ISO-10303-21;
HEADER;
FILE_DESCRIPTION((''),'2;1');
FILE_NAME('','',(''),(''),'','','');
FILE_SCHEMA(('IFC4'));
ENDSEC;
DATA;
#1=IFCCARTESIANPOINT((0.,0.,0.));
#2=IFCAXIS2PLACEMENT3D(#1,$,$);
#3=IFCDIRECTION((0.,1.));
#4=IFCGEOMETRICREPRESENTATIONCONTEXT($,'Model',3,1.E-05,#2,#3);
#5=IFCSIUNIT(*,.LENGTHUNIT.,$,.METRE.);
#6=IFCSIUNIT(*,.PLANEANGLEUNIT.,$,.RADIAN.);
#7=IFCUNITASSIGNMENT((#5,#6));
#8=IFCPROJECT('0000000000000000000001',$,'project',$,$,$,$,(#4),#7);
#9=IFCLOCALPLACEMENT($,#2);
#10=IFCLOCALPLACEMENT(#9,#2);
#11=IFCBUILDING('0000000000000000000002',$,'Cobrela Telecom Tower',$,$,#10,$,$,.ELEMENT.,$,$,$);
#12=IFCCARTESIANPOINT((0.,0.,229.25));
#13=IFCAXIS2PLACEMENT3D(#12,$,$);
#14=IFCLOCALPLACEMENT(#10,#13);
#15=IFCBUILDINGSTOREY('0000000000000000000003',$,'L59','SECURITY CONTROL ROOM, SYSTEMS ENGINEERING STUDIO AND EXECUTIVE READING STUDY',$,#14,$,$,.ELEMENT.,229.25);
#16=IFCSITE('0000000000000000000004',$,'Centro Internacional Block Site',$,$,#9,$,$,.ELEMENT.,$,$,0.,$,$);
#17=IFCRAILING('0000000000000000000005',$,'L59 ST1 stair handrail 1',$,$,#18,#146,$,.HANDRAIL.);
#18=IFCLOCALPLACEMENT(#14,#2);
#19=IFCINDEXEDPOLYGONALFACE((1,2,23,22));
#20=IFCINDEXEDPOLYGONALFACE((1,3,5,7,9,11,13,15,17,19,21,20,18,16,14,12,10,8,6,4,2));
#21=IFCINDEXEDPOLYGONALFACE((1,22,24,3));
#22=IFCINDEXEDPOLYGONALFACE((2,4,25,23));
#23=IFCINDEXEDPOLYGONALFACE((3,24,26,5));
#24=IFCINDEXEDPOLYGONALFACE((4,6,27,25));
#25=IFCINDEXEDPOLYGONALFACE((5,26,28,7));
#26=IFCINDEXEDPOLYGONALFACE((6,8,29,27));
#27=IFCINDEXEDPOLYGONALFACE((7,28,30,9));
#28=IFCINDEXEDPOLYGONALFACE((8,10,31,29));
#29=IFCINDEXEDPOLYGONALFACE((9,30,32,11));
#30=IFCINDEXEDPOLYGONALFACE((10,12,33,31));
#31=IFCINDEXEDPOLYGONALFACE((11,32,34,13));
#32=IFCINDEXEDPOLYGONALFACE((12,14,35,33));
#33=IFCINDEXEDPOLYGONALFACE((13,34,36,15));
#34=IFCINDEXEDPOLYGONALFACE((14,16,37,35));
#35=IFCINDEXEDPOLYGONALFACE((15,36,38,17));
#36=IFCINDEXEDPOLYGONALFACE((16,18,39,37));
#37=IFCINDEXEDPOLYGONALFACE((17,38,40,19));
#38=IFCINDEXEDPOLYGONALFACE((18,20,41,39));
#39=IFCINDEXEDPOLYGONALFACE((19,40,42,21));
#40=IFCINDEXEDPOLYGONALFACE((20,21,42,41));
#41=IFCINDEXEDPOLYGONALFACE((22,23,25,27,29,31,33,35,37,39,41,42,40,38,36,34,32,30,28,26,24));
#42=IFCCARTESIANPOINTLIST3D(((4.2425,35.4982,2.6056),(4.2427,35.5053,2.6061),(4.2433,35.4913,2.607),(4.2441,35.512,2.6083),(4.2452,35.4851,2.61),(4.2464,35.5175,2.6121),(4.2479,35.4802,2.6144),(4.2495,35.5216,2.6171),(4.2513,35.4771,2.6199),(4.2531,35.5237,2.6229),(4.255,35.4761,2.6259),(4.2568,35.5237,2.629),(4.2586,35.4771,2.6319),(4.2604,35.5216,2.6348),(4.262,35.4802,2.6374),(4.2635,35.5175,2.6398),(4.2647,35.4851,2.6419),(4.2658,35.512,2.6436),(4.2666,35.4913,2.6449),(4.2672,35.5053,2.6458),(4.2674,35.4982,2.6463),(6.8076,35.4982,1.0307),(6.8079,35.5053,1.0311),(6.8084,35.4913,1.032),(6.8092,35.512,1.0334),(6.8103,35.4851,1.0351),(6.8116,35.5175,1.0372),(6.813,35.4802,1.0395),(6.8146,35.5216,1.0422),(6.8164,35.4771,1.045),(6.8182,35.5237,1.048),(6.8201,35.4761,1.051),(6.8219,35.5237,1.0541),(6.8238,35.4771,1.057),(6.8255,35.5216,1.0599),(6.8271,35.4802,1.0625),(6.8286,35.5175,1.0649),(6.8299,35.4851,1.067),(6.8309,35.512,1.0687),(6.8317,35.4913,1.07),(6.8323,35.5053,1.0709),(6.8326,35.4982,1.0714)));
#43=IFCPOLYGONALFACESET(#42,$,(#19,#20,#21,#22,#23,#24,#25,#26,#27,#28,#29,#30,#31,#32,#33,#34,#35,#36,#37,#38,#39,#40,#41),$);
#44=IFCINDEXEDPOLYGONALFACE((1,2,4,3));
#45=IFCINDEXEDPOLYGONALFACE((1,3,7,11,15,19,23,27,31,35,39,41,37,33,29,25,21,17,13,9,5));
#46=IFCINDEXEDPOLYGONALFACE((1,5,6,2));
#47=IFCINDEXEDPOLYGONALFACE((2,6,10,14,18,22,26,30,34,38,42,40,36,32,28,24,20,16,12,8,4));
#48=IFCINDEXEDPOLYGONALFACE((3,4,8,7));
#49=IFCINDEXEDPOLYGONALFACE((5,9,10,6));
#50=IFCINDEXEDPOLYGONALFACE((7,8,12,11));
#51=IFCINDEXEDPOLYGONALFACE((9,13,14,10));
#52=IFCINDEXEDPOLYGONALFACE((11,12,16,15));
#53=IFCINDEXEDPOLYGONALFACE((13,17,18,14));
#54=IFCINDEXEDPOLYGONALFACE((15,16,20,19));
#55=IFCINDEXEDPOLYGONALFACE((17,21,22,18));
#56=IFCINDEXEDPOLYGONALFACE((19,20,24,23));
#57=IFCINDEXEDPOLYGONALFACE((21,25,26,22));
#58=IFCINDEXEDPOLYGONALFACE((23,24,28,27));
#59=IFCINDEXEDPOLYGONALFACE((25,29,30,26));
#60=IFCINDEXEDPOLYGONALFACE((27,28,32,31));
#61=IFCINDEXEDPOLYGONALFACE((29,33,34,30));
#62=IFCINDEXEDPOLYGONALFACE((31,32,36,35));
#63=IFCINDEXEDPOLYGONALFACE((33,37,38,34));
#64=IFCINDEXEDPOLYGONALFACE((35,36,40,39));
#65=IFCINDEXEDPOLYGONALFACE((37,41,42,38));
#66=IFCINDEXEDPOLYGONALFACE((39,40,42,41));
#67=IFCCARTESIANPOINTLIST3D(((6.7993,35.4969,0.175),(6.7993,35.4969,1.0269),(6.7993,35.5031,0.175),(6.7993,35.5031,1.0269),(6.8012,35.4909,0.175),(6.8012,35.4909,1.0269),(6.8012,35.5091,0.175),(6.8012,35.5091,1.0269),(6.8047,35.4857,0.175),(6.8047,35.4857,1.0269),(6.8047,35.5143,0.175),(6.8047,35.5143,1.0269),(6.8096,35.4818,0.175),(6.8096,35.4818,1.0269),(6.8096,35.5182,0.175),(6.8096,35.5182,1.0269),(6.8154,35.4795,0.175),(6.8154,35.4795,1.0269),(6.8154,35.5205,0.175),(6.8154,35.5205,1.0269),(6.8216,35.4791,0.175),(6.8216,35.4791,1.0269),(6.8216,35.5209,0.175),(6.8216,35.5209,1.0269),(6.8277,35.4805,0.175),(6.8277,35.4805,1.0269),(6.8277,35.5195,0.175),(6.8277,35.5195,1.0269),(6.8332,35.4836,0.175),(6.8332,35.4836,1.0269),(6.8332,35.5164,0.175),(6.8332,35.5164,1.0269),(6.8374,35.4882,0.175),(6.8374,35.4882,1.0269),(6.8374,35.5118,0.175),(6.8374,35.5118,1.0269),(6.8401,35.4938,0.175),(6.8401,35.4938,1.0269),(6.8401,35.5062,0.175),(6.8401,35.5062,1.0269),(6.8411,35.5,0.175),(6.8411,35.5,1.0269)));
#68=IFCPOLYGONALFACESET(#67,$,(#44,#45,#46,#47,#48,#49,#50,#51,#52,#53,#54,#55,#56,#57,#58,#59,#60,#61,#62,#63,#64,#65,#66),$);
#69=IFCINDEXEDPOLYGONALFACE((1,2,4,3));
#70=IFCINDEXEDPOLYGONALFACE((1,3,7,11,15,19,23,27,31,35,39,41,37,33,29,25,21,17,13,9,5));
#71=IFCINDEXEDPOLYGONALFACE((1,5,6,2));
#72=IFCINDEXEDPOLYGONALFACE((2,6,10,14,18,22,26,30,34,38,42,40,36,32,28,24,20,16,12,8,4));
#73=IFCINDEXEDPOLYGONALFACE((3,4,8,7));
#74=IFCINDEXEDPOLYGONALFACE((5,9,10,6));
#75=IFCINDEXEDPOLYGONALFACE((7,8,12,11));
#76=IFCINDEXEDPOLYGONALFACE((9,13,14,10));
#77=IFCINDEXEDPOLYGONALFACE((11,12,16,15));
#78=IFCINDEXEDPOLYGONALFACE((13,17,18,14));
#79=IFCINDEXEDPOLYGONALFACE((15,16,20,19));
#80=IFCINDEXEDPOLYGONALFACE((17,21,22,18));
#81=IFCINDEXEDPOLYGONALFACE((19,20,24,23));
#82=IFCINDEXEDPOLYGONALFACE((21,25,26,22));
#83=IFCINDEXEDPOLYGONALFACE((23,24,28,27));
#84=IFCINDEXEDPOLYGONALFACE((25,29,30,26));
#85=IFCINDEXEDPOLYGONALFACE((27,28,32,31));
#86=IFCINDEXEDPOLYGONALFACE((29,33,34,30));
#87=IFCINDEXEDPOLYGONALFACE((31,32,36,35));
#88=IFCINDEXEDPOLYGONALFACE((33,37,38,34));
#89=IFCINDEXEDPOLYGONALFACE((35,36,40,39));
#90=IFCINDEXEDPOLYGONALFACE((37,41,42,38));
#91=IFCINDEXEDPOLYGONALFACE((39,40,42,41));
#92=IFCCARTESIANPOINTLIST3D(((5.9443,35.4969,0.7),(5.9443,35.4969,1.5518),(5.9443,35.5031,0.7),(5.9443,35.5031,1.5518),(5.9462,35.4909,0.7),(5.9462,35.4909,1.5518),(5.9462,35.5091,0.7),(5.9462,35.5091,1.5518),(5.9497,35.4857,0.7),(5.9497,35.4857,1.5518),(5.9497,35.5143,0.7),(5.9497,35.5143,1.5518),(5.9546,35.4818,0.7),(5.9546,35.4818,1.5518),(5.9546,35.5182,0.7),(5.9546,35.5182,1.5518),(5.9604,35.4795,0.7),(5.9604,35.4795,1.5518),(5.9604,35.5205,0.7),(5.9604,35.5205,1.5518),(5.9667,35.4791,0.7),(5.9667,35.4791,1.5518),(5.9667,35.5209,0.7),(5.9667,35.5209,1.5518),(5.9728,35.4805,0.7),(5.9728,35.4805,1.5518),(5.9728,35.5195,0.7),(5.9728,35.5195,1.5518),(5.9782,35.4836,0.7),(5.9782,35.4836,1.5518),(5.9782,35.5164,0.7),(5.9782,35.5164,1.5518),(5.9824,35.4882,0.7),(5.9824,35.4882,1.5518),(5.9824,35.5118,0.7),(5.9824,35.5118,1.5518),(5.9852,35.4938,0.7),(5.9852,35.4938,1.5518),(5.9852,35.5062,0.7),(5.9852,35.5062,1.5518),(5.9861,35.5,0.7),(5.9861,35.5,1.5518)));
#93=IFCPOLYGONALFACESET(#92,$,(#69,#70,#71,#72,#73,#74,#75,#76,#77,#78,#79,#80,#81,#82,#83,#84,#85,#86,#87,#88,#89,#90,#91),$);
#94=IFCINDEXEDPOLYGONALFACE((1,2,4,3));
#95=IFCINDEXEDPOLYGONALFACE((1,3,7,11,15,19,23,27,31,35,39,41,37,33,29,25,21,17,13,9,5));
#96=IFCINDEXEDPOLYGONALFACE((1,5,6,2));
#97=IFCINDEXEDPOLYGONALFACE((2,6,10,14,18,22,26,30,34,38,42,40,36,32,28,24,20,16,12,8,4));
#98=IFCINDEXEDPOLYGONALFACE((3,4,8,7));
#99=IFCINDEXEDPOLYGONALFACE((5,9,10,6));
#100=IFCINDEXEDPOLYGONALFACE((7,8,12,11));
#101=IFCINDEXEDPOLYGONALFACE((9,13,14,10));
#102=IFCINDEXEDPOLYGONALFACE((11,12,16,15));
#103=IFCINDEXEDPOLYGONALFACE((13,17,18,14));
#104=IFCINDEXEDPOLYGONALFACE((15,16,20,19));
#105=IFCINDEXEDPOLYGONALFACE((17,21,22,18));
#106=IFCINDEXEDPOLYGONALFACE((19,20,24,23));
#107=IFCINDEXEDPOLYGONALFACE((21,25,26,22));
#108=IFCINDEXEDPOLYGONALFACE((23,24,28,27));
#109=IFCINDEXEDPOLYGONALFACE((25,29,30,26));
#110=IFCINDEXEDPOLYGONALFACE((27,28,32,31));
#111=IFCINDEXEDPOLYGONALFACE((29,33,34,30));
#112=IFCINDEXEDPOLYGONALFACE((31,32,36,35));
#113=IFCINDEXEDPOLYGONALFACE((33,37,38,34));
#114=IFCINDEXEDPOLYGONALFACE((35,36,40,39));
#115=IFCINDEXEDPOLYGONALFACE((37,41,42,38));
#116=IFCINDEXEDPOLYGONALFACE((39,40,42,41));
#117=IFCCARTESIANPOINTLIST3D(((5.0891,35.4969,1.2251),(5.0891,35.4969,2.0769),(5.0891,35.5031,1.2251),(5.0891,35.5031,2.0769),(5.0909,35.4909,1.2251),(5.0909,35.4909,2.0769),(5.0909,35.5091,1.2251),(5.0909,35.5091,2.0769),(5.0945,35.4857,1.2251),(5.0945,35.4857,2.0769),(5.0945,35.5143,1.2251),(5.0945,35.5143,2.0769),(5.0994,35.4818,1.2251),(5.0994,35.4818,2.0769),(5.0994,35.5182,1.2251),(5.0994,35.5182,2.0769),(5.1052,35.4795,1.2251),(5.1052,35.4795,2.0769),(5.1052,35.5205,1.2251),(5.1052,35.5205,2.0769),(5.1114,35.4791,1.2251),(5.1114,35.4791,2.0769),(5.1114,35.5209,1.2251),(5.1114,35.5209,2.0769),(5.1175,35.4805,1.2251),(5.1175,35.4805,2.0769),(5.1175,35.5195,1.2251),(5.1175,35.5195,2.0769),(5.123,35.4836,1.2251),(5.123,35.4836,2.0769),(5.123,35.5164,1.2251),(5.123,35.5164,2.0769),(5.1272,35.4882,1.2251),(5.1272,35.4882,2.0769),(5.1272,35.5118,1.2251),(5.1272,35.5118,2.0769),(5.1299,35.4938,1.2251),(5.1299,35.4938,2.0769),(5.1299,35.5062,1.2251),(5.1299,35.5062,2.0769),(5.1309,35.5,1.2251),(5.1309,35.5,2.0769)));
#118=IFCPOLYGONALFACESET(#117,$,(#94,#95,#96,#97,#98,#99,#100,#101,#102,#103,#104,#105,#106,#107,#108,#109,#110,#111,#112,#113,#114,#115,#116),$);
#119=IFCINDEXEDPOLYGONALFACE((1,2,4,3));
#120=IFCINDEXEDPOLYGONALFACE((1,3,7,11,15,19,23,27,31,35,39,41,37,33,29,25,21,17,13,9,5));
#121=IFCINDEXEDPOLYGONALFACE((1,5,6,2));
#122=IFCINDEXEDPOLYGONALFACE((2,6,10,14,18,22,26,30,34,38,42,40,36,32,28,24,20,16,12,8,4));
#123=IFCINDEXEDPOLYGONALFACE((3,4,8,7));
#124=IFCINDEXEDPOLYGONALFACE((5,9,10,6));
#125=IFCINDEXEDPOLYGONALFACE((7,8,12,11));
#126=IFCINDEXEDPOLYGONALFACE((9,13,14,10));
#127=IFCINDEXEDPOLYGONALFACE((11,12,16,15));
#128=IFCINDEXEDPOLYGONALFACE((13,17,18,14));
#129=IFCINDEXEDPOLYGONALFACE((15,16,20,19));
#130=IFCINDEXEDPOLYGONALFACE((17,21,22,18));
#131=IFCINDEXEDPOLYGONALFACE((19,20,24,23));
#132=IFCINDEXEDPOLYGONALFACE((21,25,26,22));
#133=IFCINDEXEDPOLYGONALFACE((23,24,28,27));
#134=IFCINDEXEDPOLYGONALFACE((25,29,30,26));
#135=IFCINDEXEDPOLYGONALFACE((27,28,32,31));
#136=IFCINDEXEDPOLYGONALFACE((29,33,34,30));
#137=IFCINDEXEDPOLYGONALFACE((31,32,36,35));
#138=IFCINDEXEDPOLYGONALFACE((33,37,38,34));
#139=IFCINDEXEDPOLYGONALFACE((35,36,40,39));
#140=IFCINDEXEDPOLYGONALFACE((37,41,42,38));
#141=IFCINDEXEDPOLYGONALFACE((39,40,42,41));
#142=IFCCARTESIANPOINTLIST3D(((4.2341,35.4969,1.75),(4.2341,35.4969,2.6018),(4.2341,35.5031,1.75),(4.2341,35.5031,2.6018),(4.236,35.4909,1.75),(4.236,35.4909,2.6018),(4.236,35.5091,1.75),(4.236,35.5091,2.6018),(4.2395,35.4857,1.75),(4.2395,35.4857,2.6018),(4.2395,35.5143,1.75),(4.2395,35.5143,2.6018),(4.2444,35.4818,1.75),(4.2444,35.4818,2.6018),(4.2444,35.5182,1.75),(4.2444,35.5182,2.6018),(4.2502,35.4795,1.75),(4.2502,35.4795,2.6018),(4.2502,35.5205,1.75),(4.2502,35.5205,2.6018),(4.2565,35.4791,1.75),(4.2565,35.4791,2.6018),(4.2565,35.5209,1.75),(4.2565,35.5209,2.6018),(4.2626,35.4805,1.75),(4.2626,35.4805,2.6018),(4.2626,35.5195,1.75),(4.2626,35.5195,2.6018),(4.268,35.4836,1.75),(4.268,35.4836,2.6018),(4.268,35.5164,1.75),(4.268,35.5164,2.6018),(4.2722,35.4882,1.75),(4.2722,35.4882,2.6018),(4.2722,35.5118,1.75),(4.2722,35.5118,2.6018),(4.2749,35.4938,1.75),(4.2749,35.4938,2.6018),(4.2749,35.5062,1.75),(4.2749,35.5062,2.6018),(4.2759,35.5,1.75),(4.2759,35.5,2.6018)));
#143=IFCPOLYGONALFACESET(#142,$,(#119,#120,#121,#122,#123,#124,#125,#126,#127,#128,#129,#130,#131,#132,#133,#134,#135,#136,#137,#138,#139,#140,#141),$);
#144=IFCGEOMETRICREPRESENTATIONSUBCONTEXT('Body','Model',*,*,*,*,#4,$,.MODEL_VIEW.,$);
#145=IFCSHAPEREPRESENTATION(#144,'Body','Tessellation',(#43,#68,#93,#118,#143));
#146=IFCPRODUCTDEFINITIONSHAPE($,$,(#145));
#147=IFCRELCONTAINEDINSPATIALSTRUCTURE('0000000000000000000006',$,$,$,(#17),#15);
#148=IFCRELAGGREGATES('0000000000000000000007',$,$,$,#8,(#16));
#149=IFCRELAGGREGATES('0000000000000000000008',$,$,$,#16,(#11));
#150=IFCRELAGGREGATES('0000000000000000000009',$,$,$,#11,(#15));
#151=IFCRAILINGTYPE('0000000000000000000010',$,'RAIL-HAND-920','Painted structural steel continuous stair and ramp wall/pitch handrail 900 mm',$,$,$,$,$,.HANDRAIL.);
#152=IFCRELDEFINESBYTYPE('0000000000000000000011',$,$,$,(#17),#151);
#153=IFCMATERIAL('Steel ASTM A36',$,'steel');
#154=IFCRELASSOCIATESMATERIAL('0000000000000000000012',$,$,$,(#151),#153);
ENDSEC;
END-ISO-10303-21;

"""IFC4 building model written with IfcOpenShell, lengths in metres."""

from ifc_helpers import new_model, si_unit, direction, frame, origin, origin_2d, place, context, subcontext, project, spatial, circle, extrude, material, type_object, element, save


model = new_model("IFC4")

# Units and contexts
model_context = context("Model", 3, precision=1e-05, world=origin(), true_north=direction((0.0, 1.0)))
body_context = subcontext(model_context, "Body", "Model", "MODEL_VIEW")
ifc_project = project(units=[si_unit("LENGTHUNIT", "METRE"), si_unit("PLANEANGLEUNIT", "RADIAN")], contexts=[model_context])

# Site, building, storey
site_placement = place(None, origin())
site = spatial("IfcSite", under=ifc_project, at=site_placement, Name="Centro Internacional Block Site", CompositionType="ELEMENT", RefElevation=0.0)
building_placement = place(site_placement, origin())
building = spatial("IfcBuilding", under=site, at=building_placement, Name="Cobrela Telecom Tower", CompositionType="ELEMENT")
storey_placement = place(building_placement, frame((0.0, 0.0, 229.25)))
storey = spatial("IfcBuildingStorey", under=building, at=storey_placement, Name="L59", Description="SECURITY CONTROL ROOM, SYSTEMS ENGINEERING STUDIO AND EXECUTIVE READING STUDY", CompositionType="ELEMENT", Elevation=229.25)

# Shared definitions
ifc_material_1 = material(Name="Steel ASTM A36", Category="steel")

# Railing
railing_type_1 = type_object("IfcRailingType", Name="RAIL-HAND-920", Description="Painted structural steel continuous stair and ramp wall/pitch handrail 900 mm", PredefinedType="HANDRAIL", material=ifc_material_1)
railing_1_placement = place(storey_placement, frame((6.8201, 35.5, 0.175)))
element("IfcRailing", 1, at=railing_1_placement, inside=storey, type_object=railing_type_1, Name="L59 ST1 stair handrail 1", PredefinedType="HANDRAIL", context=body_context, shape_type="SweptSolid", body=[
    extrude(circle(Radius=0.0239, at=origin_2d()), frame((0.0, 0.0, 0.876), z_axis=(-0.852195, 0.0, 0.523224), x_axis=(0.0, -1.0, 0.0)), (0.0, 0.0, 1.0), 3.01),
    extrude(circle(Radius=0.021, at=origin_2d()), origin(), (0.0, 0.0, 1.0), 0.8518),
    extrude(circle(Radius=0.021, at=origin_2d()), frame((-0.855, 0.0, 0.5249)), (0.0, 0.0, 1.0), 0.8518),
    extrude(circle(Radius=0.021, at=origin_2d()), frame((-1.7102, 0.0, 1.05)), (0.0, 0.0, 1.0), 0.8518),
    extrude(circle(Radius=0.021, at=origin_2d()), frame((-2.5652, 0.0, 1.575)), (0.0, 0.0, 1.0), 0.8518),
])

save(model, "model.ifc")
